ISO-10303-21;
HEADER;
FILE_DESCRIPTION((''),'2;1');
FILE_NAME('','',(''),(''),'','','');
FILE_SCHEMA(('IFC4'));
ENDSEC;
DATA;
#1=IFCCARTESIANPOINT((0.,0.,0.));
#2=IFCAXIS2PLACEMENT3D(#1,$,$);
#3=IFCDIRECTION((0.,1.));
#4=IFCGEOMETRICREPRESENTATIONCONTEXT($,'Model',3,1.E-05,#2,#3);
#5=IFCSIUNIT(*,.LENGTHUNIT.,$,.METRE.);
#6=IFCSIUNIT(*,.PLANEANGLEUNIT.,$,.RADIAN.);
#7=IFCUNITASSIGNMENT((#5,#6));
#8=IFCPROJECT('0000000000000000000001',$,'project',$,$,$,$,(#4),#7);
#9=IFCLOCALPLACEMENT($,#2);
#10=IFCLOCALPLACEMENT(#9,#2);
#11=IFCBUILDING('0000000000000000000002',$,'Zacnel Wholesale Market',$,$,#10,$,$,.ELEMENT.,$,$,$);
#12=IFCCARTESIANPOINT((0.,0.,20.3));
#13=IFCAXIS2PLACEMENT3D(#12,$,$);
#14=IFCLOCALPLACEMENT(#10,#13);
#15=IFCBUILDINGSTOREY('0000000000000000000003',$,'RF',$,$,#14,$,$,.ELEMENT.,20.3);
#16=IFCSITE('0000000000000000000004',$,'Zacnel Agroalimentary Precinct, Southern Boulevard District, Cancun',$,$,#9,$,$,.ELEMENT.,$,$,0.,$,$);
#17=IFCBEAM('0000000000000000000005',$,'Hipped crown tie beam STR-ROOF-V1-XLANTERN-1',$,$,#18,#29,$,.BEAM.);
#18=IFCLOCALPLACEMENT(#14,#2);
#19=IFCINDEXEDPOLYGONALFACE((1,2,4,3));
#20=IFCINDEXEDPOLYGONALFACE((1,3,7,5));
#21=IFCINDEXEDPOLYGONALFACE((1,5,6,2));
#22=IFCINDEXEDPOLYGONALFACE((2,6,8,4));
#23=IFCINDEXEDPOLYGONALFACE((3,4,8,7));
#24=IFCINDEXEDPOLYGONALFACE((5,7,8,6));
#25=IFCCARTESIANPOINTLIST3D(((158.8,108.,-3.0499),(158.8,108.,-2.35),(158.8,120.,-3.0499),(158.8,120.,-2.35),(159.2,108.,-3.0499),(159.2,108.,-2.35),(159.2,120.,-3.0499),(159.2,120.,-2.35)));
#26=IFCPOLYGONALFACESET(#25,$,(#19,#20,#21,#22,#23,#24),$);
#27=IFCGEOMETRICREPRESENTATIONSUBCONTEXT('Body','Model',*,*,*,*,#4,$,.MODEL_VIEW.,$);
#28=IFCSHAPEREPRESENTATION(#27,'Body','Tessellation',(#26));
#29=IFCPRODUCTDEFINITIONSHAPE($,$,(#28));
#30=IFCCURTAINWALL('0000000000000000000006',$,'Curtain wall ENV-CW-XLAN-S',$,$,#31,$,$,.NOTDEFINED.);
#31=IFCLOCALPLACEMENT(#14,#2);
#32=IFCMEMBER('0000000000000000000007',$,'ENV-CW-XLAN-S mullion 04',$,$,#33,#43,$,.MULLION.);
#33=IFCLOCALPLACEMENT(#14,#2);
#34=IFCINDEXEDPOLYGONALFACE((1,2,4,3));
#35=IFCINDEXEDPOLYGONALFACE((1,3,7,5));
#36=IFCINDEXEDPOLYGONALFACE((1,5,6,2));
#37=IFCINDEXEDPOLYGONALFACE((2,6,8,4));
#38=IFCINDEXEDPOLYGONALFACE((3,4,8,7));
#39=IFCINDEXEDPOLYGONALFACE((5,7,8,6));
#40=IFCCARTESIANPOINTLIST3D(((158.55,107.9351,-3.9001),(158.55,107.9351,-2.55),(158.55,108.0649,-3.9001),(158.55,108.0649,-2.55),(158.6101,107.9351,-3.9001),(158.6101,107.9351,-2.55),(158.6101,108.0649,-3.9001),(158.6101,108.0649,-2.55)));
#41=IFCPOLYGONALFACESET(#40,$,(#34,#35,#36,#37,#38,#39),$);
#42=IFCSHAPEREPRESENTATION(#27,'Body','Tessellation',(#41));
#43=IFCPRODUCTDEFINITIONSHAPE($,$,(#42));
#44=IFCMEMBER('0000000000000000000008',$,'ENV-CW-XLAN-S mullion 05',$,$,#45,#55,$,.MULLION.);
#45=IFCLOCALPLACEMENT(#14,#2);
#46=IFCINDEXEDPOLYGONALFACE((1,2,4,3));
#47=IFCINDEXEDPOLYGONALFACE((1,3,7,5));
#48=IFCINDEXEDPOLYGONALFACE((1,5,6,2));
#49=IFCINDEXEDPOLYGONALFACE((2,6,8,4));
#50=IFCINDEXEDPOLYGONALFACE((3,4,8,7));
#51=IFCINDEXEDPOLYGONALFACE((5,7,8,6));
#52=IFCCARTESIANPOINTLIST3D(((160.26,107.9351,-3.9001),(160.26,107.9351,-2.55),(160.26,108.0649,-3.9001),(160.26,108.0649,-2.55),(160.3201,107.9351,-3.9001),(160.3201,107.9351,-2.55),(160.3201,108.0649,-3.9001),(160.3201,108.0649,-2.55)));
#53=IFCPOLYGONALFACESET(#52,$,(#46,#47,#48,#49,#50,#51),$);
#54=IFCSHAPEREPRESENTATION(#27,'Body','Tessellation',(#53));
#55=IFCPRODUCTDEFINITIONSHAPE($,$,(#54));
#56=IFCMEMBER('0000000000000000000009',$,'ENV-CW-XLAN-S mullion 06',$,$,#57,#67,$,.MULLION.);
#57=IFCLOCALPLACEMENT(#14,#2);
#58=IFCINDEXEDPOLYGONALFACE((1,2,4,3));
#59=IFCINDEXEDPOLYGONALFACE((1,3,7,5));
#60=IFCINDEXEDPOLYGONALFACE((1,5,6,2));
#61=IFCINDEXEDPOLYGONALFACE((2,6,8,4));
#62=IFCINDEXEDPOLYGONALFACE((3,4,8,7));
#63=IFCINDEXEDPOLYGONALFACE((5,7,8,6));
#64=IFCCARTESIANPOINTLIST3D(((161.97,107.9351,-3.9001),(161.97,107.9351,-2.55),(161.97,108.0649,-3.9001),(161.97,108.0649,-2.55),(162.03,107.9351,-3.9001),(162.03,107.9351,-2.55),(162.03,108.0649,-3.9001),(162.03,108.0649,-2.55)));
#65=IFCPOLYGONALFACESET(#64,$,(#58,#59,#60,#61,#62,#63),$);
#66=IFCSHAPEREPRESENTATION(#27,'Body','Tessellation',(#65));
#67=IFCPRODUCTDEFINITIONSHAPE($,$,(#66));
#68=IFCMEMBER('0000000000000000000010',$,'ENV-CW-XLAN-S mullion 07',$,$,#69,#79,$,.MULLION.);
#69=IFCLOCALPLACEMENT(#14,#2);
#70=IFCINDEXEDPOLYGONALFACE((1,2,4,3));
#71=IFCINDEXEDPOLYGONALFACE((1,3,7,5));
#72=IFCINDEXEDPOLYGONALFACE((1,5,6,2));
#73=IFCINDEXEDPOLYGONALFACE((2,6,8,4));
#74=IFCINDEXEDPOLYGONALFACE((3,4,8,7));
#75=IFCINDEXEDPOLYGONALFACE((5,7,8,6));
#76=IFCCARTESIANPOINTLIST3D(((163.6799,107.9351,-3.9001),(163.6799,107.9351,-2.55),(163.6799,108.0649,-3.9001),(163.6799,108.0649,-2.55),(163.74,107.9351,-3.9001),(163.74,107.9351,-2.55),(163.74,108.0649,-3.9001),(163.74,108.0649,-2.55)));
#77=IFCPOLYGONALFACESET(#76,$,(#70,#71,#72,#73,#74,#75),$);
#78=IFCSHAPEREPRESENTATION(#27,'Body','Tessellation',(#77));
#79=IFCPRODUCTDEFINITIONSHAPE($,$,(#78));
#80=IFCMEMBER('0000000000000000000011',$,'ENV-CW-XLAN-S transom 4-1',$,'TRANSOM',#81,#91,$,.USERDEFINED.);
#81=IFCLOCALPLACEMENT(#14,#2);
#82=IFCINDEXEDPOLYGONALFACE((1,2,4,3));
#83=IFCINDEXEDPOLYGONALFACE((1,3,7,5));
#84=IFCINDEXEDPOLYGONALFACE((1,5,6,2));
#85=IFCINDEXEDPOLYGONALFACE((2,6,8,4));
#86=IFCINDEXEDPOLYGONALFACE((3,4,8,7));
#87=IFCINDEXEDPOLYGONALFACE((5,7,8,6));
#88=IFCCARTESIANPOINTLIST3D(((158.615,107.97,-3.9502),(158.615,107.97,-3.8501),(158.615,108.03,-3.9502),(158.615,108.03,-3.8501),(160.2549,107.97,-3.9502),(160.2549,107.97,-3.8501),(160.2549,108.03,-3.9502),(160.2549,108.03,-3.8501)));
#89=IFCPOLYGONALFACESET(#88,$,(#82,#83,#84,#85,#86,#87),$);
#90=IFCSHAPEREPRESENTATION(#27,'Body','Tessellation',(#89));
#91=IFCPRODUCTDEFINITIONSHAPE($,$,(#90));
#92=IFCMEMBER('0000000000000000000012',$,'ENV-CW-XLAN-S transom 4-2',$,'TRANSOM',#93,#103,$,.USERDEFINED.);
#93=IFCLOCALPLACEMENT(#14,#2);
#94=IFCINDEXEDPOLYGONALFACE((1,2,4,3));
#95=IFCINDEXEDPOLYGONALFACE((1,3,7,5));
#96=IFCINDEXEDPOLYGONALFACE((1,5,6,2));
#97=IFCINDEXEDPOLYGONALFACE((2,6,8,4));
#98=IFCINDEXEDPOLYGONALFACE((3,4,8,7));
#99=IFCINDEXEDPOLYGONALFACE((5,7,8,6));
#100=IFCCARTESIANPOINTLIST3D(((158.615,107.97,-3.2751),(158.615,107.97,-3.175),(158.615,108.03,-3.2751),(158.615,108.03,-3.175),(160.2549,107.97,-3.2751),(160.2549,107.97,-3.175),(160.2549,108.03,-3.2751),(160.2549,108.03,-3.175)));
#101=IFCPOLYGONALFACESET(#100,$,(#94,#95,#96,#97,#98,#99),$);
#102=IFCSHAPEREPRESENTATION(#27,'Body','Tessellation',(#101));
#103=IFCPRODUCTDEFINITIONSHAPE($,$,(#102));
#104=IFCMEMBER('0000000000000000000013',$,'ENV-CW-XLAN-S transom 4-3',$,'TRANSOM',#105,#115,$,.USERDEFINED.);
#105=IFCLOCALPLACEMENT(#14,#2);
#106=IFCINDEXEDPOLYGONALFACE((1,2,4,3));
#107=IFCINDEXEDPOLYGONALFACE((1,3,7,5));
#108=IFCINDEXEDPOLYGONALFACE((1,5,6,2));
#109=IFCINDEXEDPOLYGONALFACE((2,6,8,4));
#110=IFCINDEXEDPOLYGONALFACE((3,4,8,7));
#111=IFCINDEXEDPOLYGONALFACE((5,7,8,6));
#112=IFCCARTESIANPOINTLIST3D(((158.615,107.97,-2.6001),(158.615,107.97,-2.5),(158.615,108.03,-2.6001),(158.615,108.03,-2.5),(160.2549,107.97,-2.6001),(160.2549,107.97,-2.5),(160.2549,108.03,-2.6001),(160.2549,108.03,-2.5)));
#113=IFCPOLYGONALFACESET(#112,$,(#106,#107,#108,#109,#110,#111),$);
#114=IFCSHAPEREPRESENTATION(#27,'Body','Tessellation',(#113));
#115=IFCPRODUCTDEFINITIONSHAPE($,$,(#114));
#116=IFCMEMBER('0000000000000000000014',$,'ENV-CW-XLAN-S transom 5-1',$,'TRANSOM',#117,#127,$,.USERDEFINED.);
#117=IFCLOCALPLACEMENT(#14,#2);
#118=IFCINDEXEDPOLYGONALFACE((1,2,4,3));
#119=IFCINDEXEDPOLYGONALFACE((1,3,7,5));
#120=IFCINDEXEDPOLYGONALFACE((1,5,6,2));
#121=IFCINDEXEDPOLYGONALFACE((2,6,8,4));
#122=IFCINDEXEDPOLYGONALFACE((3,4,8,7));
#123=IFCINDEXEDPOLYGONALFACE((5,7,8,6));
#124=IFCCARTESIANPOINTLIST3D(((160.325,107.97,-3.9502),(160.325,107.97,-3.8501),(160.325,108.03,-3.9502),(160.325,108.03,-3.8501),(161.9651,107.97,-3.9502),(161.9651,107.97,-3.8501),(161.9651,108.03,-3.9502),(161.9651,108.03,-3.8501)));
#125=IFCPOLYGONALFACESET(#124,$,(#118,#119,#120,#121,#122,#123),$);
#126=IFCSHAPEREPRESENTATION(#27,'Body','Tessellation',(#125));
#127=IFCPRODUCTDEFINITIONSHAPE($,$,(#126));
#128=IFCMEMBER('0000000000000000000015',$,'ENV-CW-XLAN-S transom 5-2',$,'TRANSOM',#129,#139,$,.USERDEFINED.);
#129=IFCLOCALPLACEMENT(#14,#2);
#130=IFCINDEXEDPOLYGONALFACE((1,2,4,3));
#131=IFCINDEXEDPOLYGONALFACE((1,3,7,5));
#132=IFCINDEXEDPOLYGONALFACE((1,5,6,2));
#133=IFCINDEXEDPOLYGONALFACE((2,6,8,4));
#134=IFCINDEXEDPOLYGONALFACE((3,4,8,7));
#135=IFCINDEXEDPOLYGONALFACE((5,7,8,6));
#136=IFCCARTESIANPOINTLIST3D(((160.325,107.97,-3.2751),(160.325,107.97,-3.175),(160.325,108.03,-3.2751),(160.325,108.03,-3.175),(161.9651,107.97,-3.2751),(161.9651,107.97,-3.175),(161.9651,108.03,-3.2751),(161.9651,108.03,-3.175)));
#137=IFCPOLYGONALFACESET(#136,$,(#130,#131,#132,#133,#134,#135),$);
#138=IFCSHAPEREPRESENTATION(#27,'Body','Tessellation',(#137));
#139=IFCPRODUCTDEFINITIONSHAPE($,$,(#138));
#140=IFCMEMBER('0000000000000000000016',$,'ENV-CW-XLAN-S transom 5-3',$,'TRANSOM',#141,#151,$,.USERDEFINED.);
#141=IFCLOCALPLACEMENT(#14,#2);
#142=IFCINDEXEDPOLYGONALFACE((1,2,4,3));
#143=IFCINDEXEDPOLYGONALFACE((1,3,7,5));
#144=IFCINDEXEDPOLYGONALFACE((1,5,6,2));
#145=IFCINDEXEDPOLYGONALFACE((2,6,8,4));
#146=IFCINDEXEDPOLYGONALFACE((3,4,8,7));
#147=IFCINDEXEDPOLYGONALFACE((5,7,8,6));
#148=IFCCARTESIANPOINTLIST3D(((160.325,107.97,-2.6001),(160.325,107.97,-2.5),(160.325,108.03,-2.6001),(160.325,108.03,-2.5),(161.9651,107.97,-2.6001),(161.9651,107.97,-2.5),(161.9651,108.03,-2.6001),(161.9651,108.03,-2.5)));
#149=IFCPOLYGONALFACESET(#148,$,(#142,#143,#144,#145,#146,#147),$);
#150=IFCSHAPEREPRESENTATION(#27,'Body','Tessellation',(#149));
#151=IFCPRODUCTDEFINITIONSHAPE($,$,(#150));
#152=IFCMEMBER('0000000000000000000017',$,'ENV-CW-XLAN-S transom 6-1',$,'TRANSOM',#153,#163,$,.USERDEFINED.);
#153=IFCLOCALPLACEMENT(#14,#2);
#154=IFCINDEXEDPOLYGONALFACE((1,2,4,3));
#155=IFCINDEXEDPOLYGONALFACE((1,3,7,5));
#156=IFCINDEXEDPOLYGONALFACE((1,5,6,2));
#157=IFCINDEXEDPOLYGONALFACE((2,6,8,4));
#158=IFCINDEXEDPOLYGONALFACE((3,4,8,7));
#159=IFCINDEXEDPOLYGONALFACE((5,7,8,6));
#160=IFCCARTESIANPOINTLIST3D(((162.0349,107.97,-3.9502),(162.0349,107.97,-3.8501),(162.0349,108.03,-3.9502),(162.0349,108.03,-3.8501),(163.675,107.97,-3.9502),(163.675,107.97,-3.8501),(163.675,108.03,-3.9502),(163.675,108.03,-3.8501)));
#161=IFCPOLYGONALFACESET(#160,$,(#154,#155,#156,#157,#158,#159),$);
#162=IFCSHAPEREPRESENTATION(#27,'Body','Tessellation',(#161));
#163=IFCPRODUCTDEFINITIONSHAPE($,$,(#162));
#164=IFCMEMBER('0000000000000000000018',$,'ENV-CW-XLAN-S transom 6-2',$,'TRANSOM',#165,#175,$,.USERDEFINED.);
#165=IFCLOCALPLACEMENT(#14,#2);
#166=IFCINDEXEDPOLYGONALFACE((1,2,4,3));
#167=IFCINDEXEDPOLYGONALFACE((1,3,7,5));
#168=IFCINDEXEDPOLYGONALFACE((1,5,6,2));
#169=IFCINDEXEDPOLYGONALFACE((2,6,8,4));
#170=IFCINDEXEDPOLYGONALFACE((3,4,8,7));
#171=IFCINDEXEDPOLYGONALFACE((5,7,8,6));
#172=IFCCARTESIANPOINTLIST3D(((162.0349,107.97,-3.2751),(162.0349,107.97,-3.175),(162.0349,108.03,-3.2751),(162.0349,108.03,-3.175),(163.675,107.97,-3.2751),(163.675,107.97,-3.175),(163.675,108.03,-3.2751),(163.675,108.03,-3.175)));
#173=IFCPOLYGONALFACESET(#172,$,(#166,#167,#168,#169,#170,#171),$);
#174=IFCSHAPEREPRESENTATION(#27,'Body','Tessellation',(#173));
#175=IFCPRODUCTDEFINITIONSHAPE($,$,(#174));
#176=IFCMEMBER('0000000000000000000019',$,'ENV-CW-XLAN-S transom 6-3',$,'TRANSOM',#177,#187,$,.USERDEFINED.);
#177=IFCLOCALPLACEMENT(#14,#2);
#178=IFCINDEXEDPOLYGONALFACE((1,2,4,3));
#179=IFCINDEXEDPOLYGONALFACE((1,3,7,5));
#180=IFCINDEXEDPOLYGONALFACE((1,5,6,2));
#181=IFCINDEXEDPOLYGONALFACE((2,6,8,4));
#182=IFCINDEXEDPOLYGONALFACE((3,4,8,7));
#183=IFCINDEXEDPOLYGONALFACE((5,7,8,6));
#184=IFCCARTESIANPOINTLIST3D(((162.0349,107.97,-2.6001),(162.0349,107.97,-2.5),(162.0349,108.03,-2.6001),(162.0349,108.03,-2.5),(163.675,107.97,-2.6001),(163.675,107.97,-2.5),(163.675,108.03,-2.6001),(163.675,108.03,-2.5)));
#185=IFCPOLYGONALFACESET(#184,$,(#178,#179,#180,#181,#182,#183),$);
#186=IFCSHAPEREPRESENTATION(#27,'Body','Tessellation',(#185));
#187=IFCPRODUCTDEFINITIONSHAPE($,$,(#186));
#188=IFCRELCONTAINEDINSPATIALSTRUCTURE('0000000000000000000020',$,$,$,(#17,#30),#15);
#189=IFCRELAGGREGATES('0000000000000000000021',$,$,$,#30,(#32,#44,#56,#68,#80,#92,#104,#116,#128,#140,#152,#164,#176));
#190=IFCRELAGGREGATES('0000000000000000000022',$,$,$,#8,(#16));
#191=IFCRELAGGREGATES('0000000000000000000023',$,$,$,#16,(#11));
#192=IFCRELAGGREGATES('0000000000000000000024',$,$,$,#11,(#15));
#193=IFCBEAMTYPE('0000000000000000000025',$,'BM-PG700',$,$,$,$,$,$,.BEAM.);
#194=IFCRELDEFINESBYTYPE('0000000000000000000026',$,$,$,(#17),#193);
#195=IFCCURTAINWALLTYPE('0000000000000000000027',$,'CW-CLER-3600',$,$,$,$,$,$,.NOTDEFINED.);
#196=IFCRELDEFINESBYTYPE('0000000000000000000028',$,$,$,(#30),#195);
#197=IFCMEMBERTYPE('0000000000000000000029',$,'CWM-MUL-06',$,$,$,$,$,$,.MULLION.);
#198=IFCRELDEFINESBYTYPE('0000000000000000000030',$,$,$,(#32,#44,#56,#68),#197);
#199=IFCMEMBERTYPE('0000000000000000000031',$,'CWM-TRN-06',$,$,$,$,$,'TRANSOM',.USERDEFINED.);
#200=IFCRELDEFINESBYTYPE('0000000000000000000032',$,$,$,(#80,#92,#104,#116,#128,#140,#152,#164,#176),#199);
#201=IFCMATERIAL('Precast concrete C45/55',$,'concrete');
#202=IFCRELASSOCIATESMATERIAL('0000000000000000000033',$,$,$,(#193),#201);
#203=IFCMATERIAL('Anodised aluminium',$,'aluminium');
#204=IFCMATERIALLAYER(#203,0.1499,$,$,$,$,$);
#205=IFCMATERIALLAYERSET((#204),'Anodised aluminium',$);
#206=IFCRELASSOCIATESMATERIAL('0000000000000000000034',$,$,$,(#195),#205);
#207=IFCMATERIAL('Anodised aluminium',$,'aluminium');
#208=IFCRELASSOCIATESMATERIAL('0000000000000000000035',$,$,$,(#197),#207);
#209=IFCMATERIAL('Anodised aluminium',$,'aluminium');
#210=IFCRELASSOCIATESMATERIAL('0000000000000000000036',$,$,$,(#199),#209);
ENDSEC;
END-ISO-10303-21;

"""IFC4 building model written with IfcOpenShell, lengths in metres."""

from ifc_helpers import new_model, si_unit, direction, frame, origin, origin_2d, place, context, subcontext, project, spatial, rectangle, extrude, material, layer, layer_set, material_profile, profile_set, type_object, element, aggregate, save


model = new_model("IFC4")

# Units and contexts
model_context = context("Model", 3, precision=1e-05, world=origin(), true_north=direction((0.0, 1.0)))
body_context = subcontext(model_context, "Body", "Model", "MODEL_VIEW")
ifc_project = project(units=[si_unit("LENGTHUNIT", "METRE"), si_unit("PLANEANGLEUNIT", "RADIAN")], contexts=[model_context])

# Site, building, storey
site_placement = place(None, origin())
site = spatial("IfcSite", under=ifc_project, at=site_placement, Name="Zacnel Agroalimentary Precinct, Southern Boulevard District, Cancun", CompositionType="ELEMENT", RefElevation=0.0)
building_placement = place(site_placement, origin())
building = spatial("IfcBuilding", under=site, at=building_placement, Name="Zacnel Wholesale Market", CompositionType="ELEMENT")
storey_placement = place(building_placement, frame((0.0, 0.0, 20.3)))
storey = spatial("IfcBuildingStorey", under=building, at=storey_placement, Name="RF", CompositionType="ELEMENT", Elevation=20.3)

# Beam
ifc_material_1 = material(Name="Precast concrete C45/55", Category="concrete")
ifc_material_profile_1 = material_profile(ifc_material_1, rectangle(XDim=0.3999, YDim=0.7, at=origin_2d()), Name="PG 400x700")
ifc_profile_set_1 = profile_set([ifc_material_profile_1], Name="Precast concrete C45/55")
beam_type = type_object("IfcBeamType", Name="BM-PG700", PredefinedType="BEAM", material=ifc_profile_set_1)
beam_placement = place(storey_placement, frame((159.0, 108.0, -2.7), z_axis=(0.0, 1.0, 0.0), x_axis=(-1.0, 0.0, 0.0)))
element("IfcBeam", 1, at=beam_placement, inside=storey, type_object=beam_type, Name="Hipped crown tie beam STR-ROOF-V1-XLANTERN-1", PredefinedType="BEAM", context=body_context, shape_type="SweptSolid", body=[
    extrude(rectangle(XDim=0.3999, YDim=0.7, at=origin_2d()), origin(), (0.0, 0.0, 1.0), 12.0),
])

# Curtain wall, members
ifc_material_2 = material(Name="Anodised aluminium", Category="aluminium")
ifc_layer_1 = layer(ifc_material_2, 0.1499)
ifc_layer_set_1 = layer_set([ifc_layer_1], Name="Anodised aluminium")
curtain_wall_type = type_object("IfcCurtainWallType", Name="CW-CLER-3600", PredefinedType="NOTDEFINED", material=ifc_layer_set_1)
curtain_wall_placement = place(storey_placement, origin())
curtain_wall = element("IfcCurtainWall", 2, at=curtain_wall_placement, inside=storey, type_object=curtain_wall_type, Name="Curtain wall ENV-CW-XLAN-S", PredefinedType="NOTDEFINED")
ifc_material_3 = material(Name="Anodised aluminium", Category="aluminium")
ifc_material_profile_2 = material_profile(ifc_material_3, rectangle(XDim=0.0601, YDim=0.1299, at=origin_2d()), Name="AW-MULLION 60x130")
ifc_profile_set_2 = profile_set([ifc_material_profile_2], Name="Anodised aluminium")
member_type_1 = type_object("IfcMemberType", Name="CWM-MUL-06", PredefinedType="MULLION", material=ifc_profile_set_2)
member_1_placement = place(storey_placement, frame((158.5801, 108.0, -3.9001), z_axis=(0.0, 0.0, 1.0), x_axis=(1.0, 0.0, 0.0)))
member_1 = element("IfcMember", 3, at=member_1_placement, type_object=member_type_1, Name="ENV-CW-XLAN-S mullion 04", PredefinedType="MULLION", context=body_context, shape_type="SweptSolid", body=[
    extrude(rectangle(XDim=0.0601, YDim=0.1299, at=origin_2d()), origin(), (0.0, 0.0, 1.0), 1.3501),
])
member_2_placement = place(storey_placement, frame((160.29, 108.0, -3.9001), z_axis=(0.0, 0.0, 1.0), x_axis=(1.0, 0.0, 0.0)))
member_2 = element("IfcMember", 4, at=member_2_placement, type_object=member_type_1, Name="ENV-CW-XLAN-S mullion 05", PredefinedType="MULLION", context=body_context, shape_type="SweptSolid", body=[
    extrude(rectangle(XDim=0.0601, YDim=0.1299, at=origin_2d()), origin(), (0.0, 0.0, 1.0), 1.3501),
])
member_3_placement = place(storey_placement, frame((162.0, 108.0, -3.9001), z_axis=(0.0, 0.0, 1.0), x_axis=(1.0, 0.0, 0.0)))
member_3 = element("IfcMember", 5, at=member_3_placement, type_object=member_type_1, Name="ENV-CW-XLAN-S mullion 06", PredefinedType="MULLION", context=body_context, shape_type="SweptSolid", body=[
    extrude(rectangle(XDim=0.0601, YDim=0.1299, at=origin_2d()), origin(), (0.0, 0.0, 1.0), 1.3501),
])
member_4_placement = place(storey_placement, frame((163.71, 108.0, -3.9001), z_axis=(0.0, 0.0, 1.0), x_axis=(1.0, 0.0, 0.0)))
member_4 = element("IfcMember", 6, at=member_4_placement, type_object=member_type_1, Name="ENV-CW-XLAN-S mullion 07", PredefinedType="MULLION", context=body_context, shape_type="SweptSolid", body=[
    extrude(rectangle(XDim=0.0601, YDim=0.1299, at=origin_2d()), origin(), (0.0, 0.0, 1.0), 1.3501),
])
ifc_material_4 = material(Name="Anodised aluminium", Category="aluminium")
ifc_material_profile_3 = material_profile(ifc_material_4, rectangle(XDim=0.0601, YDim=0.1001, at=origin_2d()), Name="AW-TRANSOM 60x100")
ifc_profile_set_3 = profile_set([ifc_material_profile_3], Name="Anodised aluminium")
member_type_2 = type_object("IfcMemberType", Name="CWM-TRN-06", ElementType="TRANSOM", PredefinedType="USERDEFINED", material=ifc_profile_set_3)
member_5_placement = place(storey_placement, frame((158.615, 108.0, -3.9001), z_axis=(1.0, 0.0, 0.0), x_axis=(0.0, 1.0, 0.0)))
member_5 = element("IfcMember", 7, at=member_5_placement, type_object=member_type_2, Name="ENV-CW-XLAN-S transom 4-1", ObjectType="TRANSOM", PredefinedType="USERDEFINED", context=body_context, shape_type="SweptSolid", body=[
    extrude(rectangle(XDim=0.0601, YDim=0.1001, at=origin_2d()), origin(), (0.0, 0.0, 1.0), 1.6399),
])
member_6_placement = place(storey_placement, frame((158.615, 108.0, -3.2251), z_axis=(1.0, 0.0, 0.0), x_axis=(0.0, 1.0, 0.0)))
member_6 = element("IfcMember", 8, at=member_6_placement, type_object=member_type_2, Name="ENV-CW-XLAN-S transom 4-2", ObjectType="TRANSOM", PredefinedType="USERDEFINED", context=body_context, shape_type="SweptSolid", body=[
    extrude(rectangle(XDim=0.0601, YDim=0.1001, at=origin_2d()), origin(), (0.0, 0.0, 1.0), 1.6399),
])
member_7_placement = place(storey_placement, frame((158.615, 108.0, -2.55), z_axis=(1.0, 0.0, 0.0), x_axis=(0.0, 1.0, 0.0)))
member_7 = element("IfcMember", 9, at=member_7_placement, type_object=member_type_2, Name="ENV-CW-XLAN-S transom 4-3", ObjectType="TRANSOM", PredefinedType="USERDEFINED", context=body_context, shape_type="SweptSolid", body=[
    extrude(rectangle(XDim=0.0601, YDim=0.1001, at=origin_2d()), origin(), (0.0, 0.0, 1.0), 1.6399),
])
member_8_placement = place(storey_placement, frame((160.325, 108.0, -3.9001), z_axis=(1.0, 0.0, 0.0), x_axis=(0.0, 1.0, 0.0)))
member_8 = element("IfcMember", 10, at=member_8_placement, type_object=member_type_2, Name="ENV-CW-XLAN-S transom 5-1", ObjectType="TRANSOM", PredefinedType="USERDEFINED", context=body_context, shape_type="SweptSolid", body=[
    extrude(rectangle(XDim=0.0601, YDim=0.1001, at=origin_2d()), origin(), (0.0, 0.0, 1.0), 1.6401),
])
member_9_placement = place(storey_placement, frame((160.325, 108.0, -3.2251), z_axis=(1.0, 0.0, 0.0), x_axis=(0.0, 1.0, 0.0)))
member_9 = element("IfcMember", 11, at=member_9_placement, type_object=member_type_2, Name="ENV-CW-XLAN-S transom 5-2", ObjectType="TRANSOM", PredefinedType="USERDEFINED", context=body_context, shape_type="SweptSolid", body=[
    extrude(rectangle(XDim=0.0601, YDim=0.1001, at=origin_2d()), origin(), (0.0, 0.0, 1.0), 1.6401),
])
member_10_placement = place(storey_placement, frame((160.325, 108.0, -2.55), z_axis=(1.0, 0.0, 0.0), x_axis=(0.0, 1.0, 0.0)))
member_10 = element("IfcMember", 12, at=member_10_placement, type_object=member_type_2, Name="ENV-CW-XLAN-S transom 5-3", ObjectType="TRANSOM", PredefinedType="USERDEFINED", context=body_context, shape_type="SweptSolid", body=[
    extrude(rectangle(XDim=0.0601, YDim=0.1001, at=origin_2d()), origin(), (0.0, 0.0, 1.0), 1.6401),
])
member_11_placement = place(storey_placement, frame((162.0349, 108.0, -3.9001), z_axis=(1.0, 0.0, 0.0), x_axis=(0.0, 1.0, 0.0)))
member_11 = element("IfcMember", 13, at=member_11_placement, type_object=member_type_2, Name="ENV-CW-XLAN-S transom 6-1", ObjectType="TRANSOM", PredefinedType="USERDEFINED", context=body_context, shape_type="SweptSolid", body=[
    extrude(rectangle(XDim=0.0601, YDim=0.1001, at=origin_2d()), origin(), (0.0, 0.0, 1.0), 1.6401),
])
member_12_placement = place(storey_placement, frame((162.0349, 108.0, -3.2251), z_axis=(1.0, 0.0, 0.0), x_axis=(0.0, 1.0, 0.0)))
member_12 = element("IfcMember", 14, at=member_12_placement, type_object=member_type_2, Name="ENV-CW-XLAN-S transom 6-2", ObjectType="TRANSOM", PredefinedType="USERDEFINED", context=body_context, shape_type="SweptSolid", body=[
    extrude(rectangle(XDim=0.0601, YDim=0.1001, at=origin_2d()), origin(), (0.0, 0.0, 1.0), 1.6401),
])
member_13_placement = place(storey_placement, frame((162.0349, 108.0, -2.55), z_axis=(1.0, 0.0, 0.0), x_axis=(0.0, 1.0, 0.0)))
member_13 = element("IfcMember", 15, at=member_13_placement, type_object=member_type_2, Name="ENV-CW-XLAN-S transom 6-3", ObjectType="TRANSOM", PredefinedType="USERDEFINED", context=body_context, shape_type="SweptSolid", body=[
    extrude(rectangle(XDim=0.0601, YDim=0.1001, at=origin_2d()), origin(), (0.0, 0.0, 1.0), 1.6401),
])
aggregate(curtain_wall, [member_1, member_2, member_3, member_4, member_5, member_6, member_7, member_8, member_9, member_10, member_11, member_12, member_13])

save(model, "model.ifc")
